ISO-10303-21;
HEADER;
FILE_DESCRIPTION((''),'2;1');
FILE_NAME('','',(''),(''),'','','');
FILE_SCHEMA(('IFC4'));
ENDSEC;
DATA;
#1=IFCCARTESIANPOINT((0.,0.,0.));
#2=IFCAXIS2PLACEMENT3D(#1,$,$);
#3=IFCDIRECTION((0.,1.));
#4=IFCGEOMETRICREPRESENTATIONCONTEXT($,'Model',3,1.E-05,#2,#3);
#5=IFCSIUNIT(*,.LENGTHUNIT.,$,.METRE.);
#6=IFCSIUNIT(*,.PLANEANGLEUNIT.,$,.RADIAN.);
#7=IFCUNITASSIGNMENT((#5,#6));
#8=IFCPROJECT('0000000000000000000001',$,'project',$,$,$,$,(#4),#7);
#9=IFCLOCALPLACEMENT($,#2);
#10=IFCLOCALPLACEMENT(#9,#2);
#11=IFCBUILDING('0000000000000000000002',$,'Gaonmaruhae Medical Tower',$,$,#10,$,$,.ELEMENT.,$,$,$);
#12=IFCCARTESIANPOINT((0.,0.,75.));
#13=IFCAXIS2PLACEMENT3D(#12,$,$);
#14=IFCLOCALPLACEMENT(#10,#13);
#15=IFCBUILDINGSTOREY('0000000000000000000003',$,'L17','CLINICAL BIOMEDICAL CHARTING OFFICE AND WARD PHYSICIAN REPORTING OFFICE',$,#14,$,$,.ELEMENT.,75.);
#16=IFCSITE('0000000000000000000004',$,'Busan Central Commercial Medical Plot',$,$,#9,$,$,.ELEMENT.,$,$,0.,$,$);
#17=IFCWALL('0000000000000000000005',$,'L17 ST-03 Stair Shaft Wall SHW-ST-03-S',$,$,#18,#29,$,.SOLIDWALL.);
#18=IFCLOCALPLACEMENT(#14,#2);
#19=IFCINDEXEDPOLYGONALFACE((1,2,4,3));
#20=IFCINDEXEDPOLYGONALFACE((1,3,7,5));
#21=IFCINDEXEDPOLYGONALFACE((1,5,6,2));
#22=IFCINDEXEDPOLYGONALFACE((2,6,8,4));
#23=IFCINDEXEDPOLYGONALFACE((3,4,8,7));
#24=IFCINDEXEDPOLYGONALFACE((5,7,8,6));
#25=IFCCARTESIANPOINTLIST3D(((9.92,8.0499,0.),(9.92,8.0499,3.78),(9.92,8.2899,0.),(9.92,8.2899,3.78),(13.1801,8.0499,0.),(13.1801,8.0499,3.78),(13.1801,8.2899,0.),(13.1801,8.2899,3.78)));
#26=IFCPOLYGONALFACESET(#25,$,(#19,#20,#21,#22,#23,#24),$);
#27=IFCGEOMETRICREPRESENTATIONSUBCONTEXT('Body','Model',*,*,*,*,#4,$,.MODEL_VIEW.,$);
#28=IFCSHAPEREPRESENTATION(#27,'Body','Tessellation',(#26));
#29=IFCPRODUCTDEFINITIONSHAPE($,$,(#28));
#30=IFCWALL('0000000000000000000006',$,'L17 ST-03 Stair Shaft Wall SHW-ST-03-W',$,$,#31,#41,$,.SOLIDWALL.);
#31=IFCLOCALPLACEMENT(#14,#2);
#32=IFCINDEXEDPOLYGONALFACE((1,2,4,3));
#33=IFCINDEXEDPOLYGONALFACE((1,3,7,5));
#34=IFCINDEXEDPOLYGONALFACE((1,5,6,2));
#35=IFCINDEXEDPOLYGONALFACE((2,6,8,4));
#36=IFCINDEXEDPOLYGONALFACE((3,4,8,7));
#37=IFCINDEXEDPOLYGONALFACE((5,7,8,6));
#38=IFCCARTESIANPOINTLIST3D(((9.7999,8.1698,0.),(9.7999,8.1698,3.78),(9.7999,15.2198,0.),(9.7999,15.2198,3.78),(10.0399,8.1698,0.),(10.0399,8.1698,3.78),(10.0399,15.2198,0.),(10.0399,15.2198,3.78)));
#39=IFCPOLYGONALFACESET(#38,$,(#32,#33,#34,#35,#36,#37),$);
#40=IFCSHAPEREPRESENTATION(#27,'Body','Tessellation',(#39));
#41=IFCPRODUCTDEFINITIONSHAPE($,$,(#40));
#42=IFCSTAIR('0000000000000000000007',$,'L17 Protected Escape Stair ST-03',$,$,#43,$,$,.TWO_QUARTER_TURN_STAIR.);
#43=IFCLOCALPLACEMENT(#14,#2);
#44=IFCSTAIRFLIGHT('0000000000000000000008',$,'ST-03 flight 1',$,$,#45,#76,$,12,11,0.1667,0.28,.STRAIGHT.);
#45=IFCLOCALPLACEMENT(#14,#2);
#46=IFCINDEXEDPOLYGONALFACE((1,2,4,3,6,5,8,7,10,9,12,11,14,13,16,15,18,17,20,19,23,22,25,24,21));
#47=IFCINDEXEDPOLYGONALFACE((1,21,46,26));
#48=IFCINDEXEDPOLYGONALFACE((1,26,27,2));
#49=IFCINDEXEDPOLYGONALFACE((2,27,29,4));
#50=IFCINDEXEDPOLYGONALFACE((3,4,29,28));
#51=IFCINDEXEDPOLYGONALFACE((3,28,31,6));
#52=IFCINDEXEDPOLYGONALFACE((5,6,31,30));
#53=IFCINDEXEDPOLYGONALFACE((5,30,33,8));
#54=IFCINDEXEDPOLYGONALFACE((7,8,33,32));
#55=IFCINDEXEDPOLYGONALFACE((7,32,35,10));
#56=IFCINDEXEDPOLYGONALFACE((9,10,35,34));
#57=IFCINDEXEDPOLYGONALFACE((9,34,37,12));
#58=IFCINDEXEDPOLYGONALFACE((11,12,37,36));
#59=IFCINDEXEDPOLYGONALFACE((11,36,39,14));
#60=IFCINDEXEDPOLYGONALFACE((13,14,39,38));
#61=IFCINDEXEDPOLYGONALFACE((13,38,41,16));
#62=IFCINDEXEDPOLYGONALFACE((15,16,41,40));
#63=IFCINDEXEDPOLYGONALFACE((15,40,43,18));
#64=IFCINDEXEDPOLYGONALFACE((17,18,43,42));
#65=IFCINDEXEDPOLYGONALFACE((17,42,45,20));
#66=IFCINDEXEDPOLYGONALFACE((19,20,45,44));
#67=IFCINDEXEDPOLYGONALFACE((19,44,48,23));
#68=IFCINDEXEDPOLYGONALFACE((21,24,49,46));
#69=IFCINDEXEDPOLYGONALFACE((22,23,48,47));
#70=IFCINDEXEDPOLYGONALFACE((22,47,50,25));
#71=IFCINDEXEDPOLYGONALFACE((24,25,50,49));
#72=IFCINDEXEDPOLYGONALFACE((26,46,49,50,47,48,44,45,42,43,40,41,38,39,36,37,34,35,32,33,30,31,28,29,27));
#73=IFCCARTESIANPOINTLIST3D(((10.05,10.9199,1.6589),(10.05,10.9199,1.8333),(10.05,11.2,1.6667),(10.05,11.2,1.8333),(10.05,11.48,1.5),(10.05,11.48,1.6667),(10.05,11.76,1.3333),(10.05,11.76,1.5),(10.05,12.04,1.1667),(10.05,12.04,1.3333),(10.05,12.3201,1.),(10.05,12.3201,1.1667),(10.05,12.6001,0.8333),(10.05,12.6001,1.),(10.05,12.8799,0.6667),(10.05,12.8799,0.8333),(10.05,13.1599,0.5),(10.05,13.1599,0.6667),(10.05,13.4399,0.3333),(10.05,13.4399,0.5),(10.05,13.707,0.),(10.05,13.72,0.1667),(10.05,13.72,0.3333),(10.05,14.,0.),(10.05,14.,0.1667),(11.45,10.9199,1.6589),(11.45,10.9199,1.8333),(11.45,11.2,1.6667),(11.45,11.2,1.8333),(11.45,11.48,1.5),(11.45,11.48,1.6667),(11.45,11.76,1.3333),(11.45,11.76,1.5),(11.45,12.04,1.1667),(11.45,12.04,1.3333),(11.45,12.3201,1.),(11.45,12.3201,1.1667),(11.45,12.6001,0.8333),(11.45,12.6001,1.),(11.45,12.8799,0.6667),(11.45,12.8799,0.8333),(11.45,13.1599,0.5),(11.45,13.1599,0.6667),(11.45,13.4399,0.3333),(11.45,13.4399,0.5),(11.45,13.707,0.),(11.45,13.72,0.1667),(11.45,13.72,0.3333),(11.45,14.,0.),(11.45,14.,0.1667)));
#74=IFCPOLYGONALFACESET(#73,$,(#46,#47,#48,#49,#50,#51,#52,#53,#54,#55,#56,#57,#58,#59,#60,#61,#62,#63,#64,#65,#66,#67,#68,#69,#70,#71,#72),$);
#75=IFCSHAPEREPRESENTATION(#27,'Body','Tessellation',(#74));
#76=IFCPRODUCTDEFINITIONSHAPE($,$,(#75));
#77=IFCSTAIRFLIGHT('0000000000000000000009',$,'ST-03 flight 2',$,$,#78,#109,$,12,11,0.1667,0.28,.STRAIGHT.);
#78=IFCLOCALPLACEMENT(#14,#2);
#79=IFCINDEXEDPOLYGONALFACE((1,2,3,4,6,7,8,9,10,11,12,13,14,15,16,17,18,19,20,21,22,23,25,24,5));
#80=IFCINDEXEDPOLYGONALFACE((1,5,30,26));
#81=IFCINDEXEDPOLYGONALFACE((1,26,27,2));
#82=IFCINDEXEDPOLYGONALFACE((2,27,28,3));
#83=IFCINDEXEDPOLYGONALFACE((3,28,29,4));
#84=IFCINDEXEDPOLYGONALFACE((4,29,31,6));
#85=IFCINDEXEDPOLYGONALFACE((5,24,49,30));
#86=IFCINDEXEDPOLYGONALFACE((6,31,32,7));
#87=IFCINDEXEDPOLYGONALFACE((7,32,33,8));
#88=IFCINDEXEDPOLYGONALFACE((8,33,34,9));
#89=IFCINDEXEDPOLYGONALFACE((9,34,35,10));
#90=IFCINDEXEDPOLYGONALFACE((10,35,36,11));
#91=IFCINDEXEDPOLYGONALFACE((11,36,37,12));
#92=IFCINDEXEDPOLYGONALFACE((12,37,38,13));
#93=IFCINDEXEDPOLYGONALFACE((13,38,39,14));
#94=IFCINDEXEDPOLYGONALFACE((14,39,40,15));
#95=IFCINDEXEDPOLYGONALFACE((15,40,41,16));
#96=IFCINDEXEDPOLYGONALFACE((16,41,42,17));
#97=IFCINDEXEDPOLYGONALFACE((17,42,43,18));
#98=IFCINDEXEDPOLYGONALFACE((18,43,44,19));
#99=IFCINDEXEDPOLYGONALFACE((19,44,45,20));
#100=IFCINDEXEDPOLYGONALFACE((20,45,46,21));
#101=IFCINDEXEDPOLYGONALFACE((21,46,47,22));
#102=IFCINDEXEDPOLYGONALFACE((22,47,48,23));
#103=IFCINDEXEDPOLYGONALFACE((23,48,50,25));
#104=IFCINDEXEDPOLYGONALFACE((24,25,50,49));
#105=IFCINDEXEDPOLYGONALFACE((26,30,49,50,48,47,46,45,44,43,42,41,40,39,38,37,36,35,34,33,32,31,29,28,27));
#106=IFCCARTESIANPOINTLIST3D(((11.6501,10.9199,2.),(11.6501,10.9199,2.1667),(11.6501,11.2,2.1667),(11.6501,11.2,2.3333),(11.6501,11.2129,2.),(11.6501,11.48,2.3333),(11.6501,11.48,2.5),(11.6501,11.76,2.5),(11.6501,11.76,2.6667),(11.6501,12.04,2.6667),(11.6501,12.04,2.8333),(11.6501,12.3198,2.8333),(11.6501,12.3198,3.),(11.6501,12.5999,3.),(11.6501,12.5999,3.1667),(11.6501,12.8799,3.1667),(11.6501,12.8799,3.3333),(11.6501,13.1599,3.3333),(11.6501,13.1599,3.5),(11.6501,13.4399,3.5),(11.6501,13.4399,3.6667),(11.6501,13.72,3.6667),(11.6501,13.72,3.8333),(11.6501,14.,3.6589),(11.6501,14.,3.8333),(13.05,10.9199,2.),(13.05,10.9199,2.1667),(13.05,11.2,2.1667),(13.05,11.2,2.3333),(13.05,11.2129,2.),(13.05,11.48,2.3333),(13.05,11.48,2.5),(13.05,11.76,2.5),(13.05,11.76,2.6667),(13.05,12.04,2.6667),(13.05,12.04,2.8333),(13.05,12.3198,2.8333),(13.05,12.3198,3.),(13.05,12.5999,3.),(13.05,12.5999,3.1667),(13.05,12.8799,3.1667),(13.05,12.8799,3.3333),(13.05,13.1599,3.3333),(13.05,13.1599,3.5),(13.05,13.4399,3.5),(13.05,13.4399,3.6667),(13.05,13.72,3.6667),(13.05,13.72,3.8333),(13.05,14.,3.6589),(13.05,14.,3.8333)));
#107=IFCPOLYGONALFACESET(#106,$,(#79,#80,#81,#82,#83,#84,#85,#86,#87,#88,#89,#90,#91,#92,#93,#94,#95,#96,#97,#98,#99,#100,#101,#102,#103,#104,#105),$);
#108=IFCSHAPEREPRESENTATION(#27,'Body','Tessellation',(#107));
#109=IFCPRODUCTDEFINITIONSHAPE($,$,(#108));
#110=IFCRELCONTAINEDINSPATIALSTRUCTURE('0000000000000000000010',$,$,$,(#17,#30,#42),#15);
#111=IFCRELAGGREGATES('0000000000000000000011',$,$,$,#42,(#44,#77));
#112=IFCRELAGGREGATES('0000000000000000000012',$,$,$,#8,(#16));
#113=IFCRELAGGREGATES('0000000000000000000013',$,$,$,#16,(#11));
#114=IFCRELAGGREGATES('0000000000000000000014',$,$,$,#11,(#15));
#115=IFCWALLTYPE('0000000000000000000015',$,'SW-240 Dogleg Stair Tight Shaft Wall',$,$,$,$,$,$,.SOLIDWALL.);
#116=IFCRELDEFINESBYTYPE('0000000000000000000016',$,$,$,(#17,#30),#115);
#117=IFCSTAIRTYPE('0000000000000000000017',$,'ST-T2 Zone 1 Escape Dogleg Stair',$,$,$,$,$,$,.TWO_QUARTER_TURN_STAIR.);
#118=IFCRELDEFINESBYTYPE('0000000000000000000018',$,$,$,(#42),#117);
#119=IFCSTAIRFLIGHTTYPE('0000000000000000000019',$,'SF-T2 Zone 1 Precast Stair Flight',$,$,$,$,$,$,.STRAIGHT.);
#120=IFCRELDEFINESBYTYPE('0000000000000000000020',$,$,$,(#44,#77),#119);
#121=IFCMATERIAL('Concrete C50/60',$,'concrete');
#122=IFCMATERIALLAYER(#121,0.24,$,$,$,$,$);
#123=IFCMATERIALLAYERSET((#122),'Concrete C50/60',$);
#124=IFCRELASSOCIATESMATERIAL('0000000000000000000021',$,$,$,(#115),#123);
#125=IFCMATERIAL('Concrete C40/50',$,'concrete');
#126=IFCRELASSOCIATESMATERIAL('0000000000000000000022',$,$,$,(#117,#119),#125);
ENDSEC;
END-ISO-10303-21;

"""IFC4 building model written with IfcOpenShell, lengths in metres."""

from ifc_helpers import new_model, si_unit, direction, frame, frame_2d, origin, place, context, subcontext, project, spatial, polyline, rectangle, outline, extrude, material, layer, layer_set, type_object, element, aggregate, save


model = new_model("IFC4")

# Units and contexts
model_context = context("Model", 3, precision=1e-05, world=origin(), true_north=direction((0.0, 1.0)))
body_context = subcontext(model_context, "Body", "Model", "MODEL_VIEW")
ifc_project = project(units=[si_unit("LENGTHUNIT", "METRE"), si_unit("PLANEANGLEUNIT", "RADIAN")], contexts=[model_context])

# Site, building, storey
site_placement = place(None, origin())
site = spatial("IfcSite", under=ifc_project, at=site_placement, Name="Busan Central Commercial Medical Plot", CompositionType="ELEMENT", RefElevation=0.0)
building_placement = place(site_placement, origin())
building = spatial("IfcBuilding", under=site, at=building_placement, Name="Gaonmaruhae Medical Tower", CompositionType="ELEMENT")
storey_placement = place(building_placement, frame((0.0, 0.0, 75.0)))
storey = spatial("IfcBuildingStorey", under=building, at=storey_placement, Name="L17", Description="CLINICAL BIOMEDICAL CHARTING OFFICE AND WARD PHYSICIAN REPORTING OFFICE", CompositionType="ELEMENT", Elevation=75.0)

# Shared definitions
ifc_material_1 = material(Name="Concrete C50/60", Category="concrete")
ifc_layer_1 = layer(ifc_material_1, 0.24)
ifc_layer_set_1 = layer_set([ifc_layer_1], Name="Concrete C50/60")
wall_type_1 = type_object("IfcWallType", Name="SW-240 Dogleg Stair Tight Shaft Wall", PredefinedType="SOLIDWALL", material=ifc_layer_set_1)

# Walls
wall_1_placement = place(storey_placement, frame((13.1799, 8.1699, 0.0), z_axis=(0.0, 0.0, 1.0), x_axis=(-1.0, 0.0, 0.0)))
element("IfcWall", 1, at=wall_1_placement, inside=storey, type_object=wall_type_1, Name="L17 ST-03 Stair Shaft Wall SHW-ST-03-S", PredefinedType="SOLIDWALL", context=body_context, shape_type="SweptSolid", body=[
    extrude(rectangle(XDim=3.26, YDim=0.24, at=frame_2d((1.6299, 0.0))), origin(), (0.0, 0.0, 1.0), 3.78),
])
wall_2_placement = place(storey_placement, frame((9.9199, 8.1699, 0.0), z_axis=(0.0, 0.0, 1.0), x_axis=(0.0, 1.0, 0.0)))
element("IfcWall", 2, at=wall_2_placement, inside=storey, type_object=wall_type_1, Name="L17 ST-03 Stair Shaft Wall SHW-ST-03-W", PredefinedType="SOLIDWALL", context=body_context, shape_type="SweptSolid", body=[
    extrude(rectangle(XDim=7.05, YDim=0.24, at=frame_2d((3.5249, 0.0))), origin(), (0.0, 0.0, 1.0), 3.78),
])

# Stair, stair flights
ifc_material_2 = material(Name="Concrete C40/50", Category="concrete")
stair_type = type_object("IfcStairType", Name="ST-T2 Zone 1 Escape Dogleg Stair", PredefinedType="TWO_QUARTER_TURN_STAIR", material=ifc_material_2)
stair_placement = place(storey_placement, origin())
stair = element("IfcStair", 3, at=stair_placement, inside=storey, type_object=stair_type, Name="L17 Protected Escape Stair ST-03", PredefinedType="TWO_QUARTER_TURN_STAIR")
stair_flight_type = type_object("IfcStairFlightType", Name="SF-T2 Zone 1 Precast Stair Flight", PredefinedType="STRAIGHT", material=ifc_material_2)
stair_flight_1_placement = place(storey_placement, frame((10.75, 14.0, 0.0), z_axis=(0.0, 0.0, 1.0), x_axis=(0.0, -1.0, 0.0)))
stair_flight_1 = element("IfcStairFlight", 4, at=stair_flight_1_placement, type_object=stair_flight_type, Name="ST-03 flight 1", NumberOfRisers=12, NumberOfTreads=11, PredefinedType="STRAIGHT", RiserHeight=0.1667, TreadLength=0.28, context=body_context, shape_type="SweptSolid", body=[
    extrude(outline(polyline([(0.0, 0.0), (0.0, 0.1667), (0.28, 0.1667), (0.28, 0.3333), (0.5601, 0.3333), (0.5601, 0.5), (0.8401, 0.5), (0.8401, 0.6667), (1.1201, 0.6667), (1.1201, 0.8333), (1.3999, 0.8333), (1.3999, 1.0), (1.6799, 1.0), (1.6799, 1.1667), (1.96, 1.1667), (1.96, 1.3333), (2.24, 1.3333), (2.24, 1.5), (2.52, 1.5), (2.52, 1.6667), (2.8, 1.6667), (2.8, 1.8333), (3.0801, 1.8333), (3.0801, 2.0), (3.0801, 1.6589), (0.293, 0.0), (0.0, 0.0)])), frame((0.0, 0.7, 0.0), z_axis=(0.0, -1.0, 0.0), x_axis=(1.0, 0.0, 0.0)), (0.0, 0.0, 1.0), 1.3999),
])
stair_flight_2_placement = place(storey_placement, frame((12.3501, 10.9199, 2.0), z_axis=(0.0, 0.0, 1.0), x_axis=(0.0, 1.0, 0.0)))
stair_flight_2 = element("IfcStairFlight", 5, at=stair_flight_2_placement, type_object=stair_flight_type, Name="ST-03 flight 2", NumberOfRisers=12, NumberOfTreads=11, PredefinedType="STRAIGHT", RiserHeight=0.1667, TreadLength=0.28, context=body_context, shape_type="SweptSolid", body=[
    extrude(outline(polyline([(0.0, 0.0), (0.0, 0.1667), (0.28, 0.1667), (0.28, 0.3333), (0.5601, 0.3333), (0.5601, 0.5), (0.8401, 0.5), (0.8401, 0.6667), (1.1201, 0.6667), (1.1201, 0.8333), (1.3999, 0.8333), (1.3999, 1.0), (1.6799, 1.0), (1.6799, 1.1667), (1.96, 1.1667), (1.96, 1.3333), (2.24, 1.3333), (2.24, 1.5), (2.52, 1.5), (2.52, 1.6667), (2.8, 1.6667), (2.8, 1.8333), (3.0801, 1.8333), (3.0801, 2.0), (3.0801, 1.6589), (0.293, 0.0), (0.0, 0.0)])), frame((0.0, 0.7, 0.0), z_axis=(0.0, -1.0, 0.0), x_axis=(1.0, 0.0, 0.0)), (0.0, 0.0, 1.0), 1.3999),
])
aggregate(stair, [stair_flight_1, stair_flight_2])

save(model, "model.ifc")
